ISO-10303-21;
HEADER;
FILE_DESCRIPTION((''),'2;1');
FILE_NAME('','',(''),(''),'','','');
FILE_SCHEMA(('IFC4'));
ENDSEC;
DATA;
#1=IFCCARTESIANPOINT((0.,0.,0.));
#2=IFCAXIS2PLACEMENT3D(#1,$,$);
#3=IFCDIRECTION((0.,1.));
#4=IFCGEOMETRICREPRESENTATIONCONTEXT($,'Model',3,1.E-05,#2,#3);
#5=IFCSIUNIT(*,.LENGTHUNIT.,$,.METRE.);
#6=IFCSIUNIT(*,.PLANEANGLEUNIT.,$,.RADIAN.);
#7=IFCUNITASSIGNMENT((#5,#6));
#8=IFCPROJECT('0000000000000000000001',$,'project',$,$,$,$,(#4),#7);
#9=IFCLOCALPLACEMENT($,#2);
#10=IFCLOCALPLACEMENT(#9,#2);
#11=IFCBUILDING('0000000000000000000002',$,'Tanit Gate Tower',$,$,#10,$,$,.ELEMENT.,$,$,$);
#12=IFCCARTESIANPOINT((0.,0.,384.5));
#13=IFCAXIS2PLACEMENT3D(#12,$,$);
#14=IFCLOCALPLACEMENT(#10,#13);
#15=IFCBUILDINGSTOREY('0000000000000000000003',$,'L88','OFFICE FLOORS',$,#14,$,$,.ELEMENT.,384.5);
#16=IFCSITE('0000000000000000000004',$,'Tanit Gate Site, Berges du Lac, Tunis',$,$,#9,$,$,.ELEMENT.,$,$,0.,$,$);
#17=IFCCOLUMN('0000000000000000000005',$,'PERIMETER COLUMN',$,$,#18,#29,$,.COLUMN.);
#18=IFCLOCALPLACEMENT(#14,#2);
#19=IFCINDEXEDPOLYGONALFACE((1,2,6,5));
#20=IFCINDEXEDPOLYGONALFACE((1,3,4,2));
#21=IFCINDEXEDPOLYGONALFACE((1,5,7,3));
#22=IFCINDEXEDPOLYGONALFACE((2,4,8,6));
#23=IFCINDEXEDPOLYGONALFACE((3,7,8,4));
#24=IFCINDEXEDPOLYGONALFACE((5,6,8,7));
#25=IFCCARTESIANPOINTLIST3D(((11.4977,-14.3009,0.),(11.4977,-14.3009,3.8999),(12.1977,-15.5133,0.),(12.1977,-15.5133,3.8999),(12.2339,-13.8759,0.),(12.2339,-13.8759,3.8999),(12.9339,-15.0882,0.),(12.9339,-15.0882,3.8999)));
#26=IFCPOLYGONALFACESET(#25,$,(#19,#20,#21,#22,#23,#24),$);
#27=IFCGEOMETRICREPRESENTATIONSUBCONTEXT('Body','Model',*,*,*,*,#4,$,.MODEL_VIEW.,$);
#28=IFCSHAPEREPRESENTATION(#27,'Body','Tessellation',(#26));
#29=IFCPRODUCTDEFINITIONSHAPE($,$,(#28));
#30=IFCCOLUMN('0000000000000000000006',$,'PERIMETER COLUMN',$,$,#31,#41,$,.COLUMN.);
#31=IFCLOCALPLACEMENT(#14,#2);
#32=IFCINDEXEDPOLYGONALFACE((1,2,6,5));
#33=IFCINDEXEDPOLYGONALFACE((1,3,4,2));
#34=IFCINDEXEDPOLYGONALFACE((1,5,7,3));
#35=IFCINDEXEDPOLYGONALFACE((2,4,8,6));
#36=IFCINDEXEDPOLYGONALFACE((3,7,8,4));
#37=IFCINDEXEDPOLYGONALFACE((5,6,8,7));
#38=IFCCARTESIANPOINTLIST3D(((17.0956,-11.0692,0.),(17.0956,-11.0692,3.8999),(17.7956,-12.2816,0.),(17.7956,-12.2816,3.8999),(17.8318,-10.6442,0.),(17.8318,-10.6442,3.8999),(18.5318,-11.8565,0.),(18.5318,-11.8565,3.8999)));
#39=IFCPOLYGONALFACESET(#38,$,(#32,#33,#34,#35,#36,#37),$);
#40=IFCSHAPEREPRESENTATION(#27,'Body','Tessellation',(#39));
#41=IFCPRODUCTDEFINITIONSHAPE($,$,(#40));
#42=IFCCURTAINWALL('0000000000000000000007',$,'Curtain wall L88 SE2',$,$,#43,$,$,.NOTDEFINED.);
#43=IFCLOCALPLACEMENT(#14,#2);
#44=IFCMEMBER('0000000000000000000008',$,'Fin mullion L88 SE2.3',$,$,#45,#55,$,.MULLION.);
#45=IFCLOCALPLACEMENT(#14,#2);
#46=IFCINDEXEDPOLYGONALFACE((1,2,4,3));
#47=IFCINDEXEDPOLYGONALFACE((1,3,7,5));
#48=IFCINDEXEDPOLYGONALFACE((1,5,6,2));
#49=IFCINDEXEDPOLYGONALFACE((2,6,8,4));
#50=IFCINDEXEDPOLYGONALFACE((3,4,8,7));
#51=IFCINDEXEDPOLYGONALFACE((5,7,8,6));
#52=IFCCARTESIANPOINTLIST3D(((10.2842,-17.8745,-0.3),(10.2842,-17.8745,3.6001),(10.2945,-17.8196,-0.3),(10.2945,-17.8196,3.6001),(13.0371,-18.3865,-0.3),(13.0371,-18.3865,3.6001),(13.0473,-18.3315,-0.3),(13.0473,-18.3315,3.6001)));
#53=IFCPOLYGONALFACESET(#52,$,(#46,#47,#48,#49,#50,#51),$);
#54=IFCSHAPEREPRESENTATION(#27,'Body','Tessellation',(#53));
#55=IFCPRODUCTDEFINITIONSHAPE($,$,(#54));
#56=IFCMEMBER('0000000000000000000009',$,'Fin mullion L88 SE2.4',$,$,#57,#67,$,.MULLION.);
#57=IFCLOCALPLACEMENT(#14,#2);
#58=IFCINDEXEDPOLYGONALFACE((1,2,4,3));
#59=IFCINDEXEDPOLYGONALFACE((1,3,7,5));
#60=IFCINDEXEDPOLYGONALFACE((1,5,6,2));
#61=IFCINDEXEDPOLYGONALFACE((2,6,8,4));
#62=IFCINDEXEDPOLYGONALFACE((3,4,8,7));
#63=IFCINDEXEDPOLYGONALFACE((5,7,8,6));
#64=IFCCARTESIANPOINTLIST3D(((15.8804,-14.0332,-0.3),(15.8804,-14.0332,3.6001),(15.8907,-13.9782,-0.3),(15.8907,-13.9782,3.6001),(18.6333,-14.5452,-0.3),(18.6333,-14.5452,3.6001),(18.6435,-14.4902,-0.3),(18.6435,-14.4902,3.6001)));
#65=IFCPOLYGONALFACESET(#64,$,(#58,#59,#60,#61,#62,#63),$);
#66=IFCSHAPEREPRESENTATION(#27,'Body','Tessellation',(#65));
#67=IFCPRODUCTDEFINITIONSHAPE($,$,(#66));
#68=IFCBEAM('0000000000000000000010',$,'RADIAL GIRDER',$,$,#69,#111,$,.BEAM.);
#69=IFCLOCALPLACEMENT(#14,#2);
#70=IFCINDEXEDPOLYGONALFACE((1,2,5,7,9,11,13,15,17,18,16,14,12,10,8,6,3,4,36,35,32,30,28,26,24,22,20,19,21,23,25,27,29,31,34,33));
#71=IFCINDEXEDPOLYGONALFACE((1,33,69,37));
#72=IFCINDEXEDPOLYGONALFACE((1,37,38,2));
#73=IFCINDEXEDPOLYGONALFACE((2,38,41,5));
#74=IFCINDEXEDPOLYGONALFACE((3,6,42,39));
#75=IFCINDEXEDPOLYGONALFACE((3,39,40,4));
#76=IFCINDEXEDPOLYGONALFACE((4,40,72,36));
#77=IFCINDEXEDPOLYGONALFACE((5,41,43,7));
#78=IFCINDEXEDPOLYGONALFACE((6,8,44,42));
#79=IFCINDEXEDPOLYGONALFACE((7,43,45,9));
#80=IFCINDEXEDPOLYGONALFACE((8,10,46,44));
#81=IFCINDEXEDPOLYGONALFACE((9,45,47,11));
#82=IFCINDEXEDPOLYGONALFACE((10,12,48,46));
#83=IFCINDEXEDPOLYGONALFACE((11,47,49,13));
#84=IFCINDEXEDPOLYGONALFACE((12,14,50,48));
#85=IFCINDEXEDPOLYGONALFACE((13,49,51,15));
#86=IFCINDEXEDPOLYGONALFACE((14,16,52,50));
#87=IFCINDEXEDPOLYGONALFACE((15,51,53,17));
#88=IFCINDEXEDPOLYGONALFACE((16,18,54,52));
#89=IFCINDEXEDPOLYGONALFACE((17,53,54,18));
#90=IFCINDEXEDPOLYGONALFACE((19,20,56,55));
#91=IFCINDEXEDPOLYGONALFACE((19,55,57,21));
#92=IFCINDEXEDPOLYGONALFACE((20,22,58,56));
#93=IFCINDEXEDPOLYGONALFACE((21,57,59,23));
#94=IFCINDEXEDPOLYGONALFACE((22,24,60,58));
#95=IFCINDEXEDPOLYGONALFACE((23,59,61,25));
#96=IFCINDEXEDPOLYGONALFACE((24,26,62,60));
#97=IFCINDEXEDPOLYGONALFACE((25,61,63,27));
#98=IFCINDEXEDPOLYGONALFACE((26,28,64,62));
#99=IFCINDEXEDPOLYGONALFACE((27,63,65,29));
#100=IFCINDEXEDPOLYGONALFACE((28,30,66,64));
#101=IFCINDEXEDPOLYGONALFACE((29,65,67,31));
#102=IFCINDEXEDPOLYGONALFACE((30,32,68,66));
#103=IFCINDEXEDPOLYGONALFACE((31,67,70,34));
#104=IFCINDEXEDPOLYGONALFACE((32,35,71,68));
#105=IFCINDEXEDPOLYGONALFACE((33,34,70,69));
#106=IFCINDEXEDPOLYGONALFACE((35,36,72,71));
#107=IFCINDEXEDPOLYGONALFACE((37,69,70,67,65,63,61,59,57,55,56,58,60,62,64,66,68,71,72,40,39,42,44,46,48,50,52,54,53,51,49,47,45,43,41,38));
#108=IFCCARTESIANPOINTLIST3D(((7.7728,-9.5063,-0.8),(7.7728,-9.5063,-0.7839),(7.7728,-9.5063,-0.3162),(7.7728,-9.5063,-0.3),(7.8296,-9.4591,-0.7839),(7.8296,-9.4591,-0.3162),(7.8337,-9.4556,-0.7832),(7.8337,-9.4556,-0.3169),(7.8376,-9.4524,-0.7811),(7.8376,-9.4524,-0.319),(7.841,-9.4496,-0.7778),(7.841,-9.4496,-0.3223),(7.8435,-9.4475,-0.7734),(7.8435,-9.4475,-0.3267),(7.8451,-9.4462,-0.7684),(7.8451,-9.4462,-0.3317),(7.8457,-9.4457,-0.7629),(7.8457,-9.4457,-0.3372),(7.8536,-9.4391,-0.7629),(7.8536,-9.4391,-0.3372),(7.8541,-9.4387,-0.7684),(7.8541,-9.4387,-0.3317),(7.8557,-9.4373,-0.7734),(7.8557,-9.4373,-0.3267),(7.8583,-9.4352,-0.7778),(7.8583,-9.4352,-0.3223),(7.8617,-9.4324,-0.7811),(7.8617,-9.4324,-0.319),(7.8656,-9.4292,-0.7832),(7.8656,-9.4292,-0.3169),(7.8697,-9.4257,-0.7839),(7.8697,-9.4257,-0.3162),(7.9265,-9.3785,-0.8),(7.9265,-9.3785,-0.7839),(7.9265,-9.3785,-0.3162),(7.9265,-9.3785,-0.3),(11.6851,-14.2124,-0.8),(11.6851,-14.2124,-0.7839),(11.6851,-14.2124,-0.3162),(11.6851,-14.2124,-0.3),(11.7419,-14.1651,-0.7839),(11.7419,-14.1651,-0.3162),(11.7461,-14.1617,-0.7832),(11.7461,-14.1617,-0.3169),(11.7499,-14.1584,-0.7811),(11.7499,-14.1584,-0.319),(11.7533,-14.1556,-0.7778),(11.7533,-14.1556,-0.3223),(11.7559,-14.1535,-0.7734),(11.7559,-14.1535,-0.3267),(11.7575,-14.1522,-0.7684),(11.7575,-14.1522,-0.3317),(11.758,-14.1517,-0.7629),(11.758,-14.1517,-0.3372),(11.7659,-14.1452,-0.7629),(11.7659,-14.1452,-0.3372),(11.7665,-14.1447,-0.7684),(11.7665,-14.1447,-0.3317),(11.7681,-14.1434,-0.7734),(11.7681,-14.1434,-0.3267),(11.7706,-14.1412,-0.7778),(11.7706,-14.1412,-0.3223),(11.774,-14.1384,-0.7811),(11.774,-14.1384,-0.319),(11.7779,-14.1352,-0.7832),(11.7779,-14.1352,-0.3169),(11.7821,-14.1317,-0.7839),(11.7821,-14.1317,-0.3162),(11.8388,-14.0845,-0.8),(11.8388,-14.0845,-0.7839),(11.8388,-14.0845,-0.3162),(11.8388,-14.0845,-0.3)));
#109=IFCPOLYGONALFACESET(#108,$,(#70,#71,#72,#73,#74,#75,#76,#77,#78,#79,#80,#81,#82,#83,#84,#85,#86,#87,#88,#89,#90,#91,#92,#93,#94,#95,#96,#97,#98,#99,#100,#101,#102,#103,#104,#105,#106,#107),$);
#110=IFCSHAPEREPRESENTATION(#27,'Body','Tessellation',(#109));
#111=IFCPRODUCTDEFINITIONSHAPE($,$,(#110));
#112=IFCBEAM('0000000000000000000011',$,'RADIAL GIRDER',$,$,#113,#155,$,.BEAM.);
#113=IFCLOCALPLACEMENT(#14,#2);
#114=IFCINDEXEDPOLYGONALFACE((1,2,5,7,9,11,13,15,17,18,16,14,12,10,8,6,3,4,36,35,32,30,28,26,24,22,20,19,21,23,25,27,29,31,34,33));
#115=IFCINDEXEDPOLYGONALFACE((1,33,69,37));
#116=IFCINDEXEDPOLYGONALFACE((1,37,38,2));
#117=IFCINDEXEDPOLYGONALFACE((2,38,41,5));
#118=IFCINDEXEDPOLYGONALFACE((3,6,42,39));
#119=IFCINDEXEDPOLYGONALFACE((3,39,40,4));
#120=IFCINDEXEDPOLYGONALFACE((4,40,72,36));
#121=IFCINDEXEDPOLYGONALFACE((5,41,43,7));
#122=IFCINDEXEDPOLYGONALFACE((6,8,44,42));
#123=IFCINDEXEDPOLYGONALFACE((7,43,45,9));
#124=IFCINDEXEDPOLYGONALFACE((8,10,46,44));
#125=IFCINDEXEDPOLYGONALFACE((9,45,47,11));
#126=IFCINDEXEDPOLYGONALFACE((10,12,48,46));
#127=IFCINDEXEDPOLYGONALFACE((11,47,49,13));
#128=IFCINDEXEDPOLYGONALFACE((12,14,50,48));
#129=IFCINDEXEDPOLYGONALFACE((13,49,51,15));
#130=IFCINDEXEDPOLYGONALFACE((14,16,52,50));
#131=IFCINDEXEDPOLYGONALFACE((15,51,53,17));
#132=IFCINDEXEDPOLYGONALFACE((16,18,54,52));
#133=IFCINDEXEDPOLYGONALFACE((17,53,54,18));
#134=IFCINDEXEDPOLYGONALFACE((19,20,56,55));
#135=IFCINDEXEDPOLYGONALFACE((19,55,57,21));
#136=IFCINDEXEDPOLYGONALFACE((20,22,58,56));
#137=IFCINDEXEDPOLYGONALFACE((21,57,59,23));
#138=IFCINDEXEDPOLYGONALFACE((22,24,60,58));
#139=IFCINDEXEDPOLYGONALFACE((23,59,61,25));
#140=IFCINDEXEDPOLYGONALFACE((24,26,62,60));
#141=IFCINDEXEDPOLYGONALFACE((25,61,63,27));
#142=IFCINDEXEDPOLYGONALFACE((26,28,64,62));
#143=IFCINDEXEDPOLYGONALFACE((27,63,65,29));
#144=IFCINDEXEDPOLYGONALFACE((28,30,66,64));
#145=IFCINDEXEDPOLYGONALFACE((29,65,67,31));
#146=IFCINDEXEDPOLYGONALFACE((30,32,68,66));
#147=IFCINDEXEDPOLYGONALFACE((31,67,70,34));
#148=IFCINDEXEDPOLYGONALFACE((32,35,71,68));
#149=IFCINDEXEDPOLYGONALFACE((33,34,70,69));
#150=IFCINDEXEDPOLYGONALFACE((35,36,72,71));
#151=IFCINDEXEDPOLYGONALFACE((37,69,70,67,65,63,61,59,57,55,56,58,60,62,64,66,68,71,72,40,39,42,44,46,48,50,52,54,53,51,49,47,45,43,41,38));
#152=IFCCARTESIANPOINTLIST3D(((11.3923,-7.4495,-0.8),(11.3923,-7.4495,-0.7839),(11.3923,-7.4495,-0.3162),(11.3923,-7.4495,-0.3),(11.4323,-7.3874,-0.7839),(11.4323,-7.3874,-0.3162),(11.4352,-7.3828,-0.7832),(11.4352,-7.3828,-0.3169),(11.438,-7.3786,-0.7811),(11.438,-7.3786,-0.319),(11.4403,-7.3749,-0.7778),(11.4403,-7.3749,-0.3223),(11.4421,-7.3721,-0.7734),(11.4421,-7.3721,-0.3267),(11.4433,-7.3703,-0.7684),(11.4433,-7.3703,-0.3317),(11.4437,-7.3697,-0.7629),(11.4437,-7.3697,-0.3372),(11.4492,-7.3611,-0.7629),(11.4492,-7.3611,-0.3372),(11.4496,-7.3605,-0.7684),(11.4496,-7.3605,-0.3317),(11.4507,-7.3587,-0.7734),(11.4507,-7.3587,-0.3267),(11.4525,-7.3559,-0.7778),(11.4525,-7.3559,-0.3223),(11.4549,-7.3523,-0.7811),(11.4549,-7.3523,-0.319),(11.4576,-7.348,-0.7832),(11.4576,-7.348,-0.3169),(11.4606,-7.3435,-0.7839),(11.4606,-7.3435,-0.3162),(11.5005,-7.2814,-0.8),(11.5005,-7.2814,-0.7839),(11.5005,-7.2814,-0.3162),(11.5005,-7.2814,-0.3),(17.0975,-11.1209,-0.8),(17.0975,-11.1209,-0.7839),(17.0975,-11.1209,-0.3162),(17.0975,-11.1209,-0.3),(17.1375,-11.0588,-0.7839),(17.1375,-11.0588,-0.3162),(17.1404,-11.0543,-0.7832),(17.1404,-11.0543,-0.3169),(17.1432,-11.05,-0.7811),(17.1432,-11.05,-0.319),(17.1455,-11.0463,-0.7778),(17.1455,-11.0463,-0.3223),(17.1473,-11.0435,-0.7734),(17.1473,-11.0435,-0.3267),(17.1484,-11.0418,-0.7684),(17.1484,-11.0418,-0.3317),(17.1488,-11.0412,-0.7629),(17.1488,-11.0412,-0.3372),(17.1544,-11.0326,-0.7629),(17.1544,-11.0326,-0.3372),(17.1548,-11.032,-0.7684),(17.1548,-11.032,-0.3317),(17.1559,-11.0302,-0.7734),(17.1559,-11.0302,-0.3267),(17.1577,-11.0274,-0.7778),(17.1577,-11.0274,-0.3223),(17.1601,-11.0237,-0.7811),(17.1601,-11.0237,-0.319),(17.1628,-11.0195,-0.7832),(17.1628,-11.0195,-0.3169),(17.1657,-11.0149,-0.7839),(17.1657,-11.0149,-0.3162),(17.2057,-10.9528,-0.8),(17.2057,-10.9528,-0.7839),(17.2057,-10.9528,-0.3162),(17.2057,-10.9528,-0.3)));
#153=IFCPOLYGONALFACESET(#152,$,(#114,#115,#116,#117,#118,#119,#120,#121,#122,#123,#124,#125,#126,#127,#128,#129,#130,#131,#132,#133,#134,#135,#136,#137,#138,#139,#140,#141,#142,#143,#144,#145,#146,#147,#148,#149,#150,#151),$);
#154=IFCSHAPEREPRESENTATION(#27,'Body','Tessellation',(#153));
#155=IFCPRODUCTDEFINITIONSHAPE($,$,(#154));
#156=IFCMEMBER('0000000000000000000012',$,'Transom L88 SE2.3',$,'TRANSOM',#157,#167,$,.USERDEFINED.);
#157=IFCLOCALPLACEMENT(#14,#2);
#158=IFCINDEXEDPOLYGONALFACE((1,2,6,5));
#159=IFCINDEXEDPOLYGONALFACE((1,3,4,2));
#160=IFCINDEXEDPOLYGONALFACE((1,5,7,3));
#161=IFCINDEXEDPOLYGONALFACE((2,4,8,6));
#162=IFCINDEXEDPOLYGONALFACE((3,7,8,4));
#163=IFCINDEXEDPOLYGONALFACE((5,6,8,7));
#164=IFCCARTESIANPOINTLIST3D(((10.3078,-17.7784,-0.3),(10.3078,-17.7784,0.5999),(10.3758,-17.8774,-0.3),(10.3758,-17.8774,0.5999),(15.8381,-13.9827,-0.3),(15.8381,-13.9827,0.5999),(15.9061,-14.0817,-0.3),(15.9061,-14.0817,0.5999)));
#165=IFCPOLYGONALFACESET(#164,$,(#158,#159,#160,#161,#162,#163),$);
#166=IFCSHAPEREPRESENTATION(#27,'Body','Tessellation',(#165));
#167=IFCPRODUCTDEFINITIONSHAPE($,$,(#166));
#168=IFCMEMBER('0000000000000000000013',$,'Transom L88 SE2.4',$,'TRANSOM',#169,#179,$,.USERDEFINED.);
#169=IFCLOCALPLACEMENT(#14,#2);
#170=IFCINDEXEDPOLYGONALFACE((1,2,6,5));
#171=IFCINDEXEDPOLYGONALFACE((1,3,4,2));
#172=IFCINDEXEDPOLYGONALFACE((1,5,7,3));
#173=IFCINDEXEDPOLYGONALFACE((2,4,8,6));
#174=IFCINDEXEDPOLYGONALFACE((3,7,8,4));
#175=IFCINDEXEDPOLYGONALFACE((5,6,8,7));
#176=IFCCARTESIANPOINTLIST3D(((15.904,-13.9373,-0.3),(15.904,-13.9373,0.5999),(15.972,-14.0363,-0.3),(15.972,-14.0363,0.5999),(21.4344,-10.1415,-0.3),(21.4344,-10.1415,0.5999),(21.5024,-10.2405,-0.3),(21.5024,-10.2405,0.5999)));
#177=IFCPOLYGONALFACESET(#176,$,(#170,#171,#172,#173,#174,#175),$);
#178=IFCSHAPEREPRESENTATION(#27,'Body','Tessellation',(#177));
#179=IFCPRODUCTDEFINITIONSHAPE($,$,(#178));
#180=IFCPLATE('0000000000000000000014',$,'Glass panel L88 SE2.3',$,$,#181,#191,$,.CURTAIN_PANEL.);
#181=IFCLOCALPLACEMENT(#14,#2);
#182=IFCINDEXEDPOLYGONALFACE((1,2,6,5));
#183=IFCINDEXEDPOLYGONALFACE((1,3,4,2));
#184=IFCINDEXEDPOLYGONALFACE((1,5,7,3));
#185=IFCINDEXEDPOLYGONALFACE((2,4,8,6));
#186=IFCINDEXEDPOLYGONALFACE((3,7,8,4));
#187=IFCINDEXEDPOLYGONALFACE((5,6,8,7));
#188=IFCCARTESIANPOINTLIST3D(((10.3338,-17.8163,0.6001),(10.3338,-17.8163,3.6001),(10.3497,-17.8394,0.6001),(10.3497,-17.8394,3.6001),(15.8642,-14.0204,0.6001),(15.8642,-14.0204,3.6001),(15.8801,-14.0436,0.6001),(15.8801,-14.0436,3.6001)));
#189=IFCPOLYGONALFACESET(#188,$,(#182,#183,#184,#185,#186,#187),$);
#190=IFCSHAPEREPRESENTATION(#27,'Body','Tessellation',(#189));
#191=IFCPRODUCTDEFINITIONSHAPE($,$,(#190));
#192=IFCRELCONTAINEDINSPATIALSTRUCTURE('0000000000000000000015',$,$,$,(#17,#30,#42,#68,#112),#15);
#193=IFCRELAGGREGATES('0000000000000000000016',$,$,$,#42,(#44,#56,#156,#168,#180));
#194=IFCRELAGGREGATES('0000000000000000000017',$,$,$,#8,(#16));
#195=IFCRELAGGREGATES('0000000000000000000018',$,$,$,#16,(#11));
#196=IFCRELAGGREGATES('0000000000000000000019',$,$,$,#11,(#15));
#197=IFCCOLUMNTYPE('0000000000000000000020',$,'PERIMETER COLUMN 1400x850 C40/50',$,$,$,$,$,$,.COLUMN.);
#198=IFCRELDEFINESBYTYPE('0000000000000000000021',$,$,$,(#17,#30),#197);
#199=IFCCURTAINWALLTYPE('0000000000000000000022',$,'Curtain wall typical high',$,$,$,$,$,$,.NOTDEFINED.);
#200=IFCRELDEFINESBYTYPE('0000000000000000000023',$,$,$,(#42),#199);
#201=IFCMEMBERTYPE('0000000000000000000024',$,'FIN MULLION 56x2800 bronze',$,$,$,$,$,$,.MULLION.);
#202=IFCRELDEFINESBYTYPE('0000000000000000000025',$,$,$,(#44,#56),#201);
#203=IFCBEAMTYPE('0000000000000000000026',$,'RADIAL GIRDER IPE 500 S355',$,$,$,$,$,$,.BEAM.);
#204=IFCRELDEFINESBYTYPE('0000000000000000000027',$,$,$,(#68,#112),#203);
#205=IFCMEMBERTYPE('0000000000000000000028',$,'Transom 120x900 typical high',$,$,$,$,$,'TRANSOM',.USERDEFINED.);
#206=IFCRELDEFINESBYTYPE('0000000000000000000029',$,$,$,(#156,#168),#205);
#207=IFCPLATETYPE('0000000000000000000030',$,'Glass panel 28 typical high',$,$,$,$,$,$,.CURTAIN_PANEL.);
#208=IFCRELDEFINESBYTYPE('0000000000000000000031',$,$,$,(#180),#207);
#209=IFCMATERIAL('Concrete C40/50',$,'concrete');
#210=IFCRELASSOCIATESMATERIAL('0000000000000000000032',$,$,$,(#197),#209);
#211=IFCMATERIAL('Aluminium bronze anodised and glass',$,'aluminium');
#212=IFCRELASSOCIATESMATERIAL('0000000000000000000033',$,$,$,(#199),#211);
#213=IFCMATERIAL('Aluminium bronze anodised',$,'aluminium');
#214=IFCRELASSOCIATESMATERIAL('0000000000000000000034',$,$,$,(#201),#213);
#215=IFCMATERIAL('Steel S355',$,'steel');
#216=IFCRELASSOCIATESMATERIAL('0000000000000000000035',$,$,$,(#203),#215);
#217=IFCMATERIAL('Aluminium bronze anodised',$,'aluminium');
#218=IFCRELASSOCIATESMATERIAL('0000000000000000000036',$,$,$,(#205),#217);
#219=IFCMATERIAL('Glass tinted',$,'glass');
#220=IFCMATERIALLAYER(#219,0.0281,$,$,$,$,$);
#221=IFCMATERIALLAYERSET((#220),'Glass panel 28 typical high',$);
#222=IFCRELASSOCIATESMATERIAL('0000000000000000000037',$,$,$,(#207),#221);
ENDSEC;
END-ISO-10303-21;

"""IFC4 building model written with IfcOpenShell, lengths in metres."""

from ifc_helpers import new_model, si_unit, direction, frame, origin, origin_2d, place, context, subcontext, project, spatial, rectangle, i_section, extrude, material, layer, layer_set, material_profile, profile_set, type_object, element, aggregate, save


model = new_model("IFC4")

# Units and contexts
model_context = context("Model", 3, precision=1e-05, world=origin(), true_north=direction((0.0, 1.0)))
body_context = subcontext(model_context, "Body", "Model", "MODEL_VIEW")
ifc_project = project(units=[si_unit("LENGTHUNIT", "METRE"), si_unit("PLANEANGLEUNIT", "RADIAN")], contexts=[model_context])

# Site, building, storey
site_placement = place(None, origin())
site = spatial("IfcSite", under=ifc_project, at=site_placement, Name="Tanit Gate Site, Berges du Lac, Tunis", CompositionType="ELEMENT", RefElevation=0.0)
building_placement = place(site_placement, origin())
building = spatial("IfcBuilding", under=site, at=building_placement, Name="Tanit Gate Tower", CompositionType="ELEMENT")
storey_placement = place(building_placement, frame((0.0, 0.0, 384.5)))
storey = spatial("IfcBuildingStorey", under=building, at=storey_placement, Name="L88", Description="OFFICE FLOORS", CompositionType="ELEMENT", Elevation=384.5)

# Columns
ifc_material_1 = material(Name="Concrete C40/50", Category="concrete")
ifc_material_profile_1 = material_profile(ifc_material_1, rectangle(XDim=1.3999, YDim=0.8501, at=origin_2d()), Name="RC 1400x850")
ifc_profile_set_1 = profile_set([ifc_material_profile_1], Name="Concrete C40/50")
column_type = type_object("IfcColumnType", Name="PERIMETER COLUMN 1400x850 C40/50", PredefinedType="COLUMN", material=ifc_profile_set_1)
for number, where, z_axis, x_axis, name in (
    (1, (12.2158, -14.6946, 0.0), (0.0, 0.0, 1.0), (0.5, -0.866025, 0.0), "PERIMETER COLUMN"),
    (2, (17.8137, -11.4629, 0.0), (0.0, 0.0, 1.0), (0.5, -0.866025, 0.0), "PERIMETER COLUMN"),
):
    element("IfcColumn", number, at=place(storey_placement, frame(where, z_axis=z_axis, x_axis=x_axis)), inside=storey, type_object=column_type, Name=name, PredefinedType="COLUMN", context=body_context, shape_type="SweptSolid", body=[
        extrude(rectangle(XDim=1.3999, YDim=0.8501, at=origin_2d()), origin(), (0.0, 0.0, 1.0), 3.8999),
    ])

# Curtain wall, members
ifc_material_2 = material(Name="Aluminium bronze anodised and glass", Category="aluminium")
curtain_wall_type = type_object("IfcCurtainWallType", Name="Curtain wall typical high", PredefinedType="NOTDEFINED", material=ifc_material_2)
curtain_wall_placement = place(storey_placement, origin())
curtain_wall = element("IfcCurtainWall", 3, at=curtain_wall_placement, inside=storey, type_object=curtain_wall_type, Name="Curtain wall L88 SE2", PredefinedType="NOTDEFINED")
ifc_material_3 = material(Name="Aluminium bronze anodised", Category="aluminium")
ifc_material_profile_2 = material_profile(ifc_material_3, rectangle(XDim=2.8, YDim=0.0559, at=origin_2d()), Name="56x2800 bronze fin mullion")
ifc_profile_set_2 = profile_set([ifc_material_profile_2], Name="Aluminium bronze anodised")
member_type_1 = type_object("IfcMemberType", Name="FIN MULLION 56x2800 bronze", PredefinedType="MULLION", material=ifc_profile_set_2)
member_1_placement = place(storey_placement, frame((11.6658, -18.103, -0.3), z_axis=(0.0, 0.0, 1.0), x_axis=(-0.983141, 0.182847, 0.0)))
member_1 = element("IfcMember", 4, at=member_1_placement, type_object=member_type_1, Name="Fin mullion L88 SE2.3", PredefinedType="MULLION", context=body_context, shape_type="SweptSolid", body=[
    extrude(rectangle(XDim=2.8, YDim=0.0559, at=origin_2d()), origin(), (0.0, 0.0, 1.0), 3.9001),
])
member_2_placement = place(storey_placement, frame((17.262, -14.2617, -0.3), z_axis=(0.0, 0.0, 1.0), x_axis=(-0.983141, 0.182847, 0.0)))
member_2 = element("IfcMember", 5, at=member_2_placement, type_object=member_type_1, Name="Fin mullion L88 SE2.4", PredefinedType="MULLION", context=body_context, shape_type="SweptSolid", body=[
    extrude(rectangle(XDim=2.8, YDim=0.0559, at=origin_2d()), origin(), (0.0, 0.0, 1.0), 3.9001),
])

# Beams
ifc_material_4 = material(Name="Steel S355", Category="steel")
ifc_material_profile_3 = material_profile(ifc_material_4, i_section(OverallWidth=0.2, OverallDepth=0.5, WebThickness=0.0103, FlangeThickness=0.0161, FilletRadius=0.021, at=origin_2d()), Name="IPE 500")
ifc_profile_set_3 = profile_set([ifc_material_profile_3], Name="Steel S355")
beam_type = type_object("IfcBeamType", Name="RADIAL GIRDER IPE 500 S355", PredefinedType="BEAM", material=ifc_profile_set_3)
beam_1_placement = place(storey_placement, frame((11.762, -14.1484, -0.55), z_axis=(-0.639281, 0.768973, 0.0), x_axis=(-0.768973, -0.639281, 0.0)))
element("IfcBeam", 6, at=beam_1_placement, inside=storey, type_object=beam_type, Name="RADIAL GIRDER", PredefinedType="BEAM", context=body_context, shape_type="SweptSolid", body=[
    extrude(i_section(OverallWidth=0.2, OverallDepth=0.5, WebThickness=0.0103, FlangeThickness=0.0161, FilletRadius=0.021, at=origin_2d()), origin(), (0.0, 0.0, 1.0), 6.1199),
])
beam_2_placement = place(storey_placement, frame((17.1516, -11.0369, -0.55), z_axis=(-0.840921, 0.541158, 0.0), x_axis=(-0.541158, -0.840921, 0.0)))
element("IfcBeam", 7, at=beam_2_placement, inside=storey, type_object=beam_type, Name="RADIAL GIRDER", PredefinedType="BEAM", context=body_context, shape_type="SweptSolid", body=[
    extrude(i_section(OverallWidth=0.2, OverallDepth=0.5, WebThickness=0.0103, FlangeThickness=0.0161, FilletRadius=0.021, at=origin_2d()), origin(), (0.0, 0.0, 1.0), 6.7844),
])

# Members
ifc_material_5 = material(Name="Aluminium bronze anodised", Category="aluminium")
ifc_material_profile_4 = material_profile(ifc_material_5, rectangle(XDim=0.1201, YDim=0.8999, at=origin_2d()), Name="120x900 bronze transom")
ifc_profile_set_4 = profile_set([ifc_material_profile_4], Name="Aluminium bronze anodised")
member_type_2 = type_object("IfcMemberType", Name="Transom 120x900 typical high", ElementType="TRANSOM", PredefinedType="USERDEFINED", material=ifc_profile_set_4)
member_3_placement = place(storey_placement, frame((10.3418, -17.8279, 0.1499), z_axis=(0.824488, 0.56588, 0.0), x_axis=(-0.56588, 0.824488, 0.0)))
member_3 = element("IfcMember", 8, at=member_3_placement, type_object=member_type_2, Name="Transom L88 SE2.3", ObjectType="TRANSOM", PredefinedType="USERDEFINED", context=body_context, shape_type="SweptSolid", body=[
    extrude(rectangle(XDim=0.1201, YDim=0.8999, at=origin_2d()), origin(), (0.0, 0.0, 1.0), 6.7075),
])
member_4_placement = place(storey_placement, frame((15.938, -13.9868, 0.1499), z_axis=(0.824482, 0.565888, 0.0), x_axis=(-0.565888, 0.824482, 0.0)))
member_4 = element("IfcMember", 9, at=member_4_placement, type_object=member_type_2, Name="Transom L88 SE2.4", ObjectType="TRANSOM", PredefinedType="USERDEFINED", context=body_context, shape_type="SweptSolid", body=[
    extrude(rectangle(XDim=0.1201, YDim=0.8999, at=origin_2d()), origin(), (0.0, 0.0, 1.0), 6.7078),
])

# Plate
ifc_material_6 = material(Name="Glass tinted", Category="glass")
ifc_layer_1 = layer(ifc_material_6, 0.0281)
ifc_layer_set_1 = layer_set([ifc_layer_1], Name="Glass panel 28 typical high")
plate_type = type_object("IfcPlateType", Name="Glass panel 28 typical high", PredefinedType="CURTAIN_PANEL", material=ifc_layer_set_1)
plate_1_placement = place(storey_placement, frame((13.1069, -15.9299, 0.6001), z_axis=(0.0, 0.0, 1.0), x_axis=(0.824479, 0.565893, 0.0)))
plate_1 = element("IfcPlate", 10, at=plate_1_placement, type_object=plate_type, Name="Glass panel L88 SE2.3", PredefinedType="CURTAIN_PANEL", context=body_context, shape_type="SweptSolid", body=[
    extrude(rectangle(XDim=6.7078, YDim=0.0281, at=origin_2d()), origin(), (0.0, 0.0, 1.0), 3.0),
])
aggregate(curtain_wall, [member_1, member_2, member_3, member_4, plate_1])

save(model, "model.ifc")
